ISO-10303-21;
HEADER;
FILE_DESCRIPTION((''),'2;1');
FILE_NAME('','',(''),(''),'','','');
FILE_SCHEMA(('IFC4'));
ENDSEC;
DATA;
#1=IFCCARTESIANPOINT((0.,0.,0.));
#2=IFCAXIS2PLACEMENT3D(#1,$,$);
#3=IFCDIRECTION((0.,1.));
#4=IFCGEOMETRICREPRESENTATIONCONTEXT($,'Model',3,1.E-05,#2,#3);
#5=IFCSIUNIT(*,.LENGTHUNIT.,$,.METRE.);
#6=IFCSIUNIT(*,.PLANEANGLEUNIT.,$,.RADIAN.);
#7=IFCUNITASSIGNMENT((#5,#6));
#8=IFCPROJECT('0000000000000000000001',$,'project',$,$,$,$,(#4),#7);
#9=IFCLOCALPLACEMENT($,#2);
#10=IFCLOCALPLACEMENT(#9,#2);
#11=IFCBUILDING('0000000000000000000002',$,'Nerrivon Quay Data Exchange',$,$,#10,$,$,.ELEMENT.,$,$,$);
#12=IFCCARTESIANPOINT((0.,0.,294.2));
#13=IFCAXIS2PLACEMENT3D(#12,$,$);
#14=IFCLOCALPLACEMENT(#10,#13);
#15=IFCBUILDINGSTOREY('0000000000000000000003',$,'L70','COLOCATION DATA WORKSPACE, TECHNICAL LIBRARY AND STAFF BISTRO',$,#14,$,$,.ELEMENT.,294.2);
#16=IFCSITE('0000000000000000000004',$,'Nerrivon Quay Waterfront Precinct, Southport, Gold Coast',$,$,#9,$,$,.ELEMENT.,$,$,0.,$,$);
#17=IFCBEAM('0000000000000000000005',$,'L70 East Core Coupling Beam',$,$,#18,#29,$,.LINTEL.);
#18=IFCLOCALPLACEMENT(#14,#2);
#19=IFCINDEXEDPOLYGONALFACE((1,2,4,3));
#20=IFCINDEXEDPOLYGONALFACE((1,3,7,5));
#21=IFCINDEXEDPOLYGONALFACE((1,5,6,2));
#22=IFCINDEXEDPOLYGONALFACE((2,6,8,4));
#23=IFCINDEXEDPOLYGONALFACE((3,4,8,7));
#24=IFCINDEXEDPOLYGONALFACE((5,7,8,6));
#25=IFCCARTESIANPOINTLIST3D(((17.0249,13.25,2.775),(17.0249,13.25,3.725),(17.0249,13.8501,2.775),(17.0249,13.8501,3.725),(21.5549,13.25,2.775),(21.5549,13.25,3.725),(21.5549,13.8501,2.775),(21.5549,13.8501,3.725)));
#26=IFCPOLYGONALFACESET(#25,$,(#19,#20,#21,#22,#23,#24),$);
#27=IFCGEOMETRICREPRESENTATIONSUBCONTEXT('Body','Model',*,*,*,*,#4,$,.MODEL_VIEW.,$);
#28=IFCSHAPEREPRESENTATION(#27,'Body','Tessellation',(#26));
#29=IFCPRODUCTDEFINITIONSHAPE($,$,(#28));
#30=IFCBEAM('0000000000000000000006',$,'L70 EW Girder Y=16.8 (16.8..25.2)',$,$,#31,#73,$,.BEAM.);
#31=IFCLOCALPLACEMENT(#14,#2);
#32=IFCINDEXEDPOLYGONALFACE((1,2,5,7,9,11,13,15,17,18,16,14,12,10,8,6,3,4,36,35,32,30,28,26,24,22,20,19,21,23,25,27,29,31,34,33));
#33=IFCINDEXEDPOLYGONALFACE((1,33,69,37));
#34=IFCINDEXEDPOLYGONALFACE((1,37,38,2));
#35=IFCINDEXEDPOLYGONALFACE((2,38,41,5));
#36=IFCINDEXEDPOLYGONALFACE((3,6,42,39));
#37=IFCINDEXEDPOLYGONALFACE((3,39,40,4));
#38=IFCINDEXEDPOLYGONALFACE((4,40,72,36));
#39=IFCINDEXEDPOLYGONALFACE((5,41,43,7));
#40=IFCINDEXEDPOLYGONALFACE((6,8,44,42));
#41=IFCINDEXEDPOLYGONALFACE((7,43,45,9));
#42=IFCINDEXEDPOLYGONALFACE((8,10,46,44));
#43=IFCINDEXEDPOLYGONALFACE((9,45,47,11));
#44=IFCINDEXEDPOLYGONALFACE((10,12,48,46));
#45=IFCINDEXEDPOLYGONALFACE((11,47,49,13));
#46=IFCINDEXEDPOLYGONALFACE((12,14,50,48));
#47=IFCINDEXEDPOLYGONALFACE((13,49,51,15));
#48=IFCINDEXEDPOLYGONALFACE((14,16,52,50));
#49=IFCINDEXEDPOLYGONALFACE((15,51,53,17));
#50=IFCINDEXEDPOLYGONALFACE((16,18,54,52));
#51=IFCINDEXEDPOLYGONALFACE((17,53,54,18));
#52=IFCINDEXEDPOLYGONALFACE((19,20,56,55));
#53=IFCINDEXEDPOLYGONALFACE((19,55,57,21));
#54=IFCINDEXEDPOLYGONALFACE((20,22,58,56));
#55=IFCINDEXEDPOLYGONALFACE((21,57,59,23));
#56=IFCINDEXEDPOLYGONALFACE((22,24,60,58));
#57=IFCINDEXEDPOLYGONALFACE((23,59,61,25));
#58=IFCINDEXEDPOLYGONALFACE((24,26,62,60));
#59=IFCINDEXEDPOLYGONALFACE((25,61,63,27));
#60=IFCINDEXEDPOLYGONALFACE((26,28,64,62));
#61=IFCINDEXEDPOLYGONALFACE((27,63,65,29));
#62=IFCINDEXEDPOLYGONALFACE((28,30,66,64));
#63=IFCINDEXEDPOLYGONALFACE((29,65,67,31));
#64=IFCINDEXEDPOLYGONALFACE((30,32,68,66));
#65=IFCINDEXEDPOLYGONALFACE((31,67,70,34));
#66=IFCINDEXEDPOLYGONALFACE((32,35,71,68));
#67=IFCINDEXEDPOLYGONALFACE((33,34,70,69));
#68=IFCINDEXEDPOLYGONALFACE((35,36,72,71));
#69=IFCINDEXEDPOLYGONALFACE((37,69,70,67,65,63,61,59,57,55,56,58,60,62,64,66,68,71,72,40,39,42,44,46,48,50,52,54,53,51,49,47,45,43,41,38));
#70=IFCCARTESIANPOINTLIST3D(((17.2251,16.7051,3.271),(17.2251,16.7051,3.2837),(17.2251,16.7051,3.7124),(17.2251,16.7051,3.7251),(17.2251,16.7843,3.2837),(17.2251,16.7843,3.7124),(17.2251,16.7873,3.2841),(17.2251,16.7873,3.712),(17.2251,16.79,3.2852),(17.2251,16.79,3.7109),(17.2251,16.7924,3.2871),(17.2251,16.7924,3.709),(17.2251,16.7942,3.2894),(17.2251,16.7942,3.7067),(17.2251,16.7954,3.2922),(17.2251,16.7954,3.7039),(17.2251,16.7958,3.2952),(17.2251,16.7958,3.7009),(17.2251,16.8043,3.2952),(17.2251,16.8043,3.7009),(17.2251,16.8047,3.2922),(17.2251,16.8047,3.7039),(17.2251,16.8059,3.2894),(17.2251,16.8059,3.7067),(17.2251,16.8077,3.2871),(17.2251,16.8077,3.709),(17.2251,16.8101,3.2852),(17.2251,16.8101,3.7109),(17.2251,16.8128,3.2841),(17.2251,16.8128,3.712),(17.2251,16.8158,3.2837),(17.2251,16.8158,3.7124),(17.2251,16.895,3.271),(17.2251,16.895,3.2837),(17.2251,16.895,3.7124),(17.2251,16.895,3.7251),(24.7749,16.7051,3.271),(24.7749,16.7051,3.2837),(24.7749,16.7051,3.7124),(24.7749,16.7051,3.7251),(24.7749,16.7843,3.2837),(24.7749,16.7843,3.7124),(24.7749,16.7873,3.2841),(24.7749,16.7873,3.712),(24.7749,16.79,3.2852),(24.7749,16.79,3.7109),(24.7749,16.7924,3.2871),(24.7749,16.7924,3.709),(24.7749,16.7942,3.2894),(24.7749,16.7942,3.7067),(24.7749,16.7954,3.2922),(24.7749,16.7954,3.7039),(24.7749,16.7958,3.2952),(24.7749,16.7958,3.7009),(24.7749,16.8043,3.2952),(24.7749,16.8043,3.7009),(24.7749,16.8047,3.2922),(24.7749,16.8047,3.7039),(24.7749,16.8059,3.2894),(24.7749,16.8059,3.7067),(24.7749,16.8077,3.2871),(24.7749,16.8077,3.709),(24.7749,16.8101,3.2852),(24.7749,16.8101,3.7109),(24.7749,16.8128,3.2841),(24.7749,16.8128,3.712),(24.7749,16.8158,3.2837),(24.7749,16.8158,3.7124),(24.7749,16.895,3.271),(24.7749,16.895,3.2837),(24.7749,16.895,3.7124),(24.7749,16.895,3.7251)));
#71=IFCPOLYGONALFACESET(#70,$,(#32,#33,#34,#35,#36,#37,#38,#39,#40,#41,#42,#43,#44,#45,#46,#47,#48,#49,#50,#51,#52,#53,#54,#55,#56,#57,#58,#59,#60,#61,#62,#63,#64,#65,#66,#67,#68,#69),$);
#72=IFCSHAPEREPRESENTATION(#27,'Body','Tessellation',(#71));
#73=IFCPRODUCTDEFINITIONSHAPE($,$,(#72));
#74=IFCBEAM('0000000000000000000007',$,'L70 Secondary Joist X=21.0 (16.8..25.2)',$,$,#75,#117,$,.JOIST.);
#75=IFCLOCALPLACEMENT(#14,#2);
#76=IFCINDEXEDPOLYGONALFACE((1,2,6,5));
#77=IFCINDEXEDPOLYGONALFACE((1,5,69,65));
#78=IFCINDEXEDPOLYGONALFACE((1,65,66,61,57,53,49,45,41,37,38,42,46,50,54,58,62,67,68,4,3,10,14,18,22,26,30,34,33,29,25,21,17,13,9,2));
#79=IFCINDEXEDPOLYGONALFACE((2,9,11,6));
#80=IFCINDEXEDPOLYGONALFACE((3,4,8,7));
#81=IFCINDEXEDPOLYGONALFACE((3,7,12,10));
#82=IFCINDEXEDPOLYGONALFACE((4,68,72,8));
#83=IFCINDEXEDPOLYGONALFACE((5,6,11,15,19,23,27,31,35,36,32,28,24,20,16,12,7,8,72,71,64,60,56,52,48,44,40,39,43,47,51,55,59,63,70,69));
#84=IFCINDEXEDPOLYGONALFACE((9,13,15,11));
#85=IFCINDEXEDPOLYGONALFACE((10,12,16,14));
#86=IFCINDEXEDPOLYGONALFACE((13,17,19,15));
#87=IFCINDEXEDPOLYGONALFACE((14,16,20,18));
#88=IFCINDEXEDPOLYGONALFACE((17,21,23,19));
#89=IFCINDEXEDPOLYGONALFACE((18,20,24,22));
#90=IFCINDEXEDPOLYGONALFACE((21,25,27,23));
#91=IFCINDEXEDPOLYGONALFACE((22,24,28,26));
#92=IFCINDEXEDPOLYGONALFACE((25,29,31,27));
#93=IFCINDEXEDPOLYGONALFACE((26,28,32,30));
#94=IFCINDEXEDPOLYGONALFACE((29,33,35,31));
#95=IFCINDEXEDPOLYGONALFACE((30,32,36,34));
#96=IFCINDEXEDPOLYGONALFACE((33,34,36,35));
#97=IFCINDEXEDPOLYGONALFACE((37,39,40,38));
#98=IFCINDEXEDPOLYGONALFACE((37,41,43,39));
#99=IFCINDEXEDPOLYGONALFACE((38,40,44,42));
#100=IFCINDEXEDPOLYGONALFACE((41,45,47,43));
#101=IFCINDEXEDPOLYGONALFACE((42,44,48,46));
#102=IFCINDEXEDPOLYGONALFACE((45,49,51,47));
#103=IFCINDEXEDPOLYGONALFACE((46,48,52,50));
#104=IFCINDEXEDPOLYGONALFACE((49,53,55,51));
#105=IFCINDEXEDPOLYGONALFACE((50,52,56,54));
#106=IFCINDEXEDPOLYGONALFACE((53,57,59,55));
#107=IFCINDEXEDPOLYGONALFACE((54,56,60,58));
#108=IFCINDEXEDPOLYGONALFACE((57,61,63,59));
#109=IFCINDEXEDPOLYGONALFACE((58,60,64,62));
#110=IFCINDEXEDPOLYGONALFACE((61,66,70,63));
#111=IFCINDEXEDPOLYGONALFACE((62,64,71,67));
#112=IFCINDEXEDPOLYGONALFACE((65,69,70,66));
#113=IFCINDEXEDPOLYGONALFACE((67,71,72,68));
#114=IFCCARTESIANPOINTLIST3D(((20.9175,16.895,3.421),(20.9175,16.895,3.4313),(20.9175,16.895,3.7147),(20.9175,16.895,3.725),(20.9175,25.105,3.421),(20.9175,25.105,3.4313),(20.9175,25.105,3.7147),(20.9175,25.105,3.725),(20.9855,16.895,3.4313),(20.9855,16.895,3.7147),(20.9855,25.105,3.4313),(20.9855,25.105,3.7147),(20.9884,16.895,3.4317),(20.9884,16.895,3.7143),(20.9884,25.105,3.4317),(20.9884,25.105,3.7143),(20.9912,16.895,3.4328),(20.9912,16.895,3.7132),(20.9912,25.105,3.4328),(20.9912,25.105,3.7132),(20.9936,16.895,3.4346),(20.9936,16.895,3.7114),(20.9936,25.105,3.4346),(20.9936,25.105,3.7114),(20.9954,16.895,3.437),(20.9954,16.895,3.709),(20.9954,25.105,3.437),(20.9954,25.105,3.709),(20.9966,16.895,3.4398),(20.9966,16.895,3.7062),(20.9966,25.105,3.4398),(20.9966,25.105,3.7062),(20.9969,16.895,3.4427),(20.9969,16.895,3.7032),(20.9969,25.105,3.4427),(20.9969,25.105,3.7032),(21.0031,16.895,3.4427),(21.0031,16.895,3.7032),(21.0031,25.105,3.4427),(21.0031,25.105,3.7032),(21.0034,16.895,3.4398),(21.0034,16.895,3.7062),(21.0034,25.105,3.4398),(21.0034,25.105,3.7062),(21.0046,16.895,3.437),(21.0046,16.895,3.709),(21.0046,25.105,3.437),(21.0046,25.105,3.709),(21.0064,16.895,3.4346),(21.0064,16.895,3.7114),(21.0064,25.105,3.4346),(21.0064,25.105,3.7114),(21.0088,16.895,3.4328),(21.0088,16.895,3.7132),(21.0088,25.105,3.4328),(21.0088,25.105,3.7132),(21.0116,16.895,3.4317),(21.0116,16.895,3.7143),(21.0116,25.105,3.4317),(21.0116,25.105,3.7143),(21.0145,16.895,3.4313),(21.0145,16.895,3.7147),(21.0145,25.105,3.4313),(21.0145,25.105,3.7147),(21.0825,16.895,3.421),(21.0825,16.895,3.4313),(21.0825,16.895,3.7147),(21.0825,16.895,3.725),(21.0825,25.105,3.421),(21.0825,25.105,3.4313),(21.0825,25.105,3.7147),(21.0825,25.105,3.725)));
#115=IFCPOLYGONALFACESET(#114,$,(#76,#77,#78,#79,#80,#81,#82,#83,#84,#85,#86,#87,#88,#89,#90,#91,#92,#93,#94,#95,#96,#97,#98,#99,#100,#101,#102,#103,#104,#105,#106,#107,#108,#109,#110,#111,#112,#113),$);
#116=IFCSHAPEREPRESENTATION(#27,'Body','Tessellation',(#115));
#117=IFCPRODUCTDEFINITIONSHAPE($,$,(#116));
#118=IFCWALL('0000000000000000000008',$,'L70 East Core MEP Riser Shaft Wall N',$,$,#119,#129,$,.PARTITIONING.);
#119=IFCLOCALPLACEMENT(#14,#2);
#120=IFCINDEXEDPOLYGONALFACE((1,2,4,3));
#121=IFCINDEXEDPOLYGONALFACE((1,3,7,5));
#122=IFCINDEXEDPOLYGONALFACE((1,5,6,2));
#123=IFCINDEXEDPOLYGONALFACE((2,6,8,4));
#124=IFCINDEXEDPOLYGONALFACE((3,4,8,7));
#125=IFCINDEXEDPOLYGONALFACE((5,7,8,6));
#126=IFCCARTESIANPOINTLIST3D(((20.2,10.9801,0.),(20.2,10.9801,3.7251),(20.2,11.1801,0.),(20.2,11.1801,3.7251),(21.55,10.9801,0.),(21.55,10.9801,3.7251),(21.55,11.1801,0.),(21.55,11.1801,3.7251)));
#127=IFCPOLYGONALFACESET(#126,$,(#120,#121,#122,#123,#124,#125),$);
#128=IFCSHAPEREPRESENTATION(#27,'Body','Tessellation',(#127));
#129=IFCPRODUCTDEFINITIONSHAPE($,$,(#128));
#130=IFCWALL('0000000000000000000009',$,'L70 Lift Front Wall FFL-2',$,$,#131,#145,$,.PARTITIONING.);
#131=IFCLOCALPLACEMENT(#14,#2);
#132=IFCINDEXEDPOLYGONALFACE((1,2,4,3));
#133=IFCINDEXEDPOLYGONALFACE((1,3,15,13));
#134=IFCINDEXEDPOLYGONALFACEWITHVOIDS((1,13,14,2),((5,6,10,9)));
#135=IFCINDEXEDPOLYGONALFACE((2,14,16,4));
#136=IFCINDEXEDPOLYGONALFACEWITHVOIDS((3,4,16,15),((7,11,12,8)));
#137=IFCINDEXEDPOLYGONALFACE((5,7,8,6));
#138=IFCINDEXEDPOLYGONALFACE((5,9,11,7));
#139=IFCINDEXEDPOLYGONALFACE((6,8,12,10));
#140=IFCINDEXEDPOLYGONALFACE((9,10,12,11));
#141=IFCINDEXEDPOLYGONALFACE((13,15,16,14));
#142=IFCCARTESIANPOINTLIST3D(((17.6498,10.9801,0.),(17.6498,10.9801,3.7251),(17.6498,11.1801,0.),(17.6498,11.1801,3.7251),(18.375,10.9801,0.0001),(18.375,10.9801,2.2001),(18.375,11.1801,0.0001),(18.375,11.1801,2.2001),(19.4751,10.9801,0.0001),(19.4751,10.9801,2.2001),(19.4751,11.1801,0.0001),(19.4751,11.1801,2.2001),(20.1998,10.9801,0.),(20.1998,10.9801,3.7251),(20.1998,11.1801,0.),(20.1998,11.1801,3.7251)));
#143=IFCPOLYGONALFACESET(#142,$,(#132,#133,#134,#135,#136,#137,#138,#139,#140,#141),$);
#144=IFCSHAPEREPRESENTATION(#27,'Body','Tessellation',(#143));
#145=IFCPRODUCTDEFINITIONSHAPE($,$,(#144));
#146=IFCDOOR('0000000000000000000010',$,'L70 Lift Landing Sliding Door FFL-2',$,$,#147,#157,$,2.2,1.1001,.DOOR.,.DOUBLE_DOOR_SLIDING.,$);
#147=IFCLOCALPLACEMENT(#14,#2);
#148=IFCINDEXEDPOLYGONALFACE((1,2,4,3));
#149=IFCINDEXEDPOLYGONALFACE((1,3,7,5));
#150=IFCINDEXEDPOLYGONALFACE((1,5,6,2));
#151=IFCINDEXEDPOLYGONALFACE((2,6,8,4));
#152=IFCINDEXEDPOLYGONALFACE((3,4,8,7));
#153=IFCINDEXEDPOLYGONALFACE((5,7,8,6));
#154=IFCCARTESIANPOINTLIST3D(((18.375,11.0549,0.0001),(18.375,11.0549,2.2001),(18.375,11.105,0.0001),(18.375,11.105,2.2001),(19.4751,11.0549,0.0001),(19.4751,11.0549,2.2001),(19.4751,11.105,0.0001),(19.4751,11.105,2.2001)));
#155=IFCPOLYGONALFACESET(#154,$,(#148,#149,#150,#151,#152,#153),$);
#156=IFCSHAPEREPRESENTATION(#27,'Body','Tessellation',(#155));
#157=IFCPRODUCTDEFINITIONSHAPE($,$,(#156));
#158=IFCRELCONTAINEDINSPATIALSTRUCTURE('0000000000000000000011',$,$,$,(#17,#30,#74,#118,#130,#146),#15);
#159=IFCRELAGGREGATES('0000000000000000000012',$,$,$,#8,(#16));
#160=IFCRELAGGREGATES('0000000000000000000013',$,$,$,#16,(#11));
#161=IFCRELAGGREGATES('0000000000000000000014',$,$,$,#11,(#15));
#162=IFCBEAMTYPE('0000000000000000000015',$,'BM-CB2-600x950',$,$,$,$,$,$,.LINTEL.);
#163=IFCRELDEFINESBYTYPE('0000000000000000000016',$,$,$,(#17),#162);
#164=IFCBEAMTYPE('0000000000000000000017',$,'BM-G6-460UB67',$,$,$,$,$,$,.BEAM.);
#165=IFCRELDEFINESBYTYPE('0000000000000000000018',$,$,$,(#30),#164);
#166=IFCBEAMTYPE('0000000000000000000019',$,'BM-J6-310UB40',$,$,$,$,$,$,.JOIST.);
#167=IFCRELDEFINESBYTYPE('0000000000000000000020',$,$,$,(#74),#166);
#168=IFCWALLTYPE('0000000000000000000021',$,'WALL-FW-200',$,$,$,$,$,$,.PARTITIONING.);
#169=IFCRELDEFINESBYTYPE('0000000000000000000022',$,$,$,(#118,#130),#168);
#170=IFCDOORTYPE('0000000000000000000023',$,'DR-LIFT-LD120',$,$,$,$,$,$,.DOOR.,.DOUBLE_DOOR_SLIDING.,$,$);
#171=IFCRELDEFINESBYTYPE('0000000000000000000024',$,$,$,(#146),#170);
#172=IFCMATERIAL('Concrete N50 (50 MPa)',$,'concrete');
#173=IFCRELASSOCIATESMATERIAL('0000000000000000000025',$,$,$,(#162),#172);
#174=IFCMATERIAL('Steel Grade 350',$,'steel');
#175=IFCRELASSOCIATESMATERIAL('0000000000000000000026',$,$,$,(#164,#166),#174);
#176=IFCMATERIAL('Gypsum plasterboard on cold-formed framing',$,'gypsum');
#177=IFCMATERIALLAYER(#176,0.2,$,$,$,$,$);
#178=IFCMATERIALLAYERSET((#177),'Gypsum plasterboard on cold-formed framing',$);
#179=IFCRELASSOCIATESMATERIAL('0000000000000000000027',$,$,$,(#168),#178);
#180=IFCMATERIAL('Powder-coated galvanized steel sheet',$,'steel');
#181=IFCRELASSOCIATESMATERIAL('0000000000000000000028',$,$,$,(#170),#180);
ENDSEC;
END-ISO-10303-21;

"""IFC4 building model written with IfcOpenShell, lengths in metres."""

from ifc_helpers import new_model, si_unit, direction, frame, frame_2d, origin, origin_2d, place, context, subcontext, project, spatial, rectangle, i_section, extrude, material, layer, layer_set, material_profile, profile_set, type_object, element, fill, save


model = new_model("IFC4")

# Units and contexts
model_context = context("Model", 3, precision=1e-05, world=origin(), true_north=direction((0.0, 1.0)))
body_context = subcontext(model_context, "Body", "Model", "MODEL_VIEW")
ifc_project = project(units=[si_unit("LENGTHUNIT", "METRE"), si_unit("PLANEANGLEUNIT", "RADIAN")], contexts=[model_context])

# Site, building, storey
site_placement = place(None, origin())
site = spatial("IfcSite", under=ifc_project, at=site_placement, Name="Nerrivon Quay Waterfront Precinct, Southport, Gold Coast", CompositionType="ELEMENT", RefElevation=0.0)
building_placement = place(site_placement, origin())
building = spatial("IfcBuilding", under=site, at=building_placement, Name="Nerrivon Quay Data Exchange", CompositionType="ELEMENT")
storey_placement = place(building_placement, frame((0.0, 0.0, 294.2)))
storey = spatial("IfcBuildingStorey", under=building, at=storey_placement, Name="L70", Description="COLOCATION DATA WORKSPACE, TECHNICAL LIBRARY AND STAFF BISTRO", CompositionType="ELEMENT", Elevation=294.2)

# Beams
ifc_material_1 = material(Name="Concrete N50 (50 MPa)", Category="concrete")
ifc_material_profile_1 = material_profile(ifc_material_1, rectangle(XDim=0.6001, YDim=0.95, at=origin_2d()), Name="RC-CB-600x950")
ifc_profile_set_1 = profile_set([ifc_material_profile_1], Name="Concrete N50 (50 MPa)")
beam_type_1 = type_object("IfcBeamType", Name="BM-CB2-600x950", PredefinedType="LINTEL", material=ifc_profile_set_1)
beam_1_placement = place(storey_placement, frame((17.0249, 13.55, 3.25), z_axis=(1.0, 0.0, 0.0), x_axis=(0.0, 1.0, 0.0)))
element("IfcBeam", 1, at=beam_1_placement, inside=storey, type_object=beam_type_1, Name="L70 East Core Coupling Beam", PredefinedType="LINTEL", context=body_context, shape_type="SweptSolid", body=[
    extrude(rectangle(XDim=0.6001, YDim=0.95, at=origin_2d()), origin(), (0.0, 0.0, 1.0), 4.53),
])
ifc_material_2 = material(Name="Steel Grade 350", Category="steel")
ifc_material_profile_2 = material_profile(ifc_material_2, i_section(OverallWidth=0.1899, OverallDepth=0.4541, WebThickness=0.0085, FlangeThickness=0.0127, FilletRadius=0.0115, at=origin_2d()), Name="460UB67.1")
ifc_profile_set_2 = profile_set([ifc_material_profile_2], Name="Steel Grade 350")
beam_type_2 = type_object("IfcBeamType", Name="BM-G6-460UB67", PredefinedType="BEAM", material=ifc_profile_set_2)
beam_2_placement = place(storey_placement, frame((17.2251, 16.8, 3.498), z_axis=(1.0, 0.0, 0.0), x_axis=(0.0, 1.0, 0.0)))
element("IfcBeam", 2, at=beam_2_placement, inside=storey, type_object=beam_type_2, Name="L70 EW Girder Y=16.8 (16.8..25.2)", PredefinedType="BEAM", context=body_context, shape_type="SweptSolid", body=[
    extrude(i_section(OverallWidth=0.1899, OverallDepth=0.4541, WebThickness=0.0085, FlangeThickness=0.0127, FilletRadius=0.0115, at=origin_2d()), origin(), (0.0, 0.0, 1.0), 7.5498),
])
ifc_material_profile_3 = material_profile(ifc_material_2, i_section(OverallWidth=0.165, OverallDepth=0.304, WebThickness=0.0061, FlangeThickness=0.0103, FilletRadius=0.0115, at=origin_2d()), Name="310UB40.4")
ifc_profile_set_3 = profile_set([ifc_material_profile_3], Name="Steel Grade 350")
beam_type_3 = type_object("IfcBeamType", Name="BM-J6-310UB40", PredefinedType="JOIST", material=ifc_profile_set_3)
beam_3_placement = place(storey_placement, frame((21.0, 16.895, 3.573), z_axis=(0.0, 1.0, 0.0), x_axis=(-1.0, 0.0, 0.0)))
element("IfcBeam", 3, at=beam_3_placement, inside=storey, type_object=beam_type_3, Name="L70 Secondary Joist X=21.0 (16.8..25.2)", PredefinedType="JOIST", context=body_context, shape_type="SweptSolid", body=[
    extrude(i_section(OverallWidth=0.165, OverallDepth=0.304, WebThickness=0.0061, FlangeThickness=0.0103, FilletRadius=0.0115, at=origin_2d()), origin(), (0.0, 0.0, 1.0), 8.21),
])

# Wall
ifc_material_3 = material(Name="Gypsum plasterboard on cold-formed framing", Category="gypsum")
ifc_layer_1 = layer(ifc_material_3, 0.2)
ifc_layer_set_1 = layer_set([ifc_layer_1], Name="Gypsum plasterboard on cold-formed framing")
wall_type_1 = type_object("IfcWallType", Name="WALL-FW-200", PredefinedType="PARTITIONING", material=ifc_layer_set_1)
wall_1_placement = place(storey_placement, frame((20.2, 11.0801, 0.0), z_axis=(0.0, 0.0, 1.0), x_axis=(1.0, 0.0, 0.0)))
element("IfcWall", 4, at=wall_1_placement, inside=storey, type_object=wall_type_1, Name="L70 East Core MEP Riser Shaft Wall N", PredefinedType="PARTITIONING", context=body_context, shape_type="SweptSolid", body=[
    extrude(rectangle(XDim=1.3501, YDim=0.2, at=frame_2d((0.675, 0.0))), origin(), (0.0, 0.0, 1.0), 3.7251),
])

# Wall, opening, door
wall_2_placement = place(storey_placement, frame((17.6499, 11.0801, 0.0), z_axis=(0.0, 0.0, 1.0), x_axis=(1.0, 0.0, 0.0)))
wall_2 = element("IfcWall", 5, at=wall_2_placement, inside=storey, type_object=wall_type_1, Name="L70 Lift Front Wall FFL-2", PredefinedType="PARTITIONING", context=body_context, shape_type="SweptSolid", body=[
    extrude(rectangle(XDim=2.55, YDim=0.2, at=frame_2d((1.2749, 0.0))), origin(), (0.0, 0.0, 1.0), 3.7251),
])
opening_1_placement = place(wall_2_placement, frame((0.7251, 0.0, 0.0)))
opening_1 = element("IfcOpeningElement", 6, at=opening_1_placement, cuts=wall_2, PredefinedType="OPENING", context=body_context, shape_type="SweptSolid", body=[
    extrude(rectangle(XDim=1.1001, YDim=2.2, at=frame_2d((0.55, 1.1001))), frame((0.0, 0.1099, 0.0), z_axis=(0.0, -1.0, 0.0), x_axis=(1.0, 0.0, 0.0)), (0.0, 0.0, 1.0), 0.22),
])
ifc_material_4 = material(Name="Powder-coated galvanized steel sheet", Category="steel")
door_type_1 = type_object("IfcDoorType", Name="DR-LIFT-LD120", OperationType="DOUBLE_DOOR_SLIDING", PredefinedType="DOOR", material=ifc_material_4)
door_1_placement = place(opening_1_placement, origin())
door_1 = element("IfcDoor", 7, at=door_1_placement, inside=storey, type_object=door_type_1, Name="L70 Lift Landing Sliding Door FFL-2", OperationType="DOUBLE_DOOR_SLIDING", OverallHeight=2.2, OverallWidth=1.1001, PredefinedType="DOOR", context=body_context, shape_type="SweptSolid", body=[
    extrude(rectangle(XDim=1.1001, YDim=2.2, at=frame_2d((0.55, 1.1001))), frame((0.0, 0.0249, 0.0), z_axis=(0.0, -1.0, 0.0), x_axis=(1.0, 0.0, 0.0)), (0.0, 0.0, 1.0), 0.05),
])
fill(opening_1, door_1)

save(model, "model.ifc")
